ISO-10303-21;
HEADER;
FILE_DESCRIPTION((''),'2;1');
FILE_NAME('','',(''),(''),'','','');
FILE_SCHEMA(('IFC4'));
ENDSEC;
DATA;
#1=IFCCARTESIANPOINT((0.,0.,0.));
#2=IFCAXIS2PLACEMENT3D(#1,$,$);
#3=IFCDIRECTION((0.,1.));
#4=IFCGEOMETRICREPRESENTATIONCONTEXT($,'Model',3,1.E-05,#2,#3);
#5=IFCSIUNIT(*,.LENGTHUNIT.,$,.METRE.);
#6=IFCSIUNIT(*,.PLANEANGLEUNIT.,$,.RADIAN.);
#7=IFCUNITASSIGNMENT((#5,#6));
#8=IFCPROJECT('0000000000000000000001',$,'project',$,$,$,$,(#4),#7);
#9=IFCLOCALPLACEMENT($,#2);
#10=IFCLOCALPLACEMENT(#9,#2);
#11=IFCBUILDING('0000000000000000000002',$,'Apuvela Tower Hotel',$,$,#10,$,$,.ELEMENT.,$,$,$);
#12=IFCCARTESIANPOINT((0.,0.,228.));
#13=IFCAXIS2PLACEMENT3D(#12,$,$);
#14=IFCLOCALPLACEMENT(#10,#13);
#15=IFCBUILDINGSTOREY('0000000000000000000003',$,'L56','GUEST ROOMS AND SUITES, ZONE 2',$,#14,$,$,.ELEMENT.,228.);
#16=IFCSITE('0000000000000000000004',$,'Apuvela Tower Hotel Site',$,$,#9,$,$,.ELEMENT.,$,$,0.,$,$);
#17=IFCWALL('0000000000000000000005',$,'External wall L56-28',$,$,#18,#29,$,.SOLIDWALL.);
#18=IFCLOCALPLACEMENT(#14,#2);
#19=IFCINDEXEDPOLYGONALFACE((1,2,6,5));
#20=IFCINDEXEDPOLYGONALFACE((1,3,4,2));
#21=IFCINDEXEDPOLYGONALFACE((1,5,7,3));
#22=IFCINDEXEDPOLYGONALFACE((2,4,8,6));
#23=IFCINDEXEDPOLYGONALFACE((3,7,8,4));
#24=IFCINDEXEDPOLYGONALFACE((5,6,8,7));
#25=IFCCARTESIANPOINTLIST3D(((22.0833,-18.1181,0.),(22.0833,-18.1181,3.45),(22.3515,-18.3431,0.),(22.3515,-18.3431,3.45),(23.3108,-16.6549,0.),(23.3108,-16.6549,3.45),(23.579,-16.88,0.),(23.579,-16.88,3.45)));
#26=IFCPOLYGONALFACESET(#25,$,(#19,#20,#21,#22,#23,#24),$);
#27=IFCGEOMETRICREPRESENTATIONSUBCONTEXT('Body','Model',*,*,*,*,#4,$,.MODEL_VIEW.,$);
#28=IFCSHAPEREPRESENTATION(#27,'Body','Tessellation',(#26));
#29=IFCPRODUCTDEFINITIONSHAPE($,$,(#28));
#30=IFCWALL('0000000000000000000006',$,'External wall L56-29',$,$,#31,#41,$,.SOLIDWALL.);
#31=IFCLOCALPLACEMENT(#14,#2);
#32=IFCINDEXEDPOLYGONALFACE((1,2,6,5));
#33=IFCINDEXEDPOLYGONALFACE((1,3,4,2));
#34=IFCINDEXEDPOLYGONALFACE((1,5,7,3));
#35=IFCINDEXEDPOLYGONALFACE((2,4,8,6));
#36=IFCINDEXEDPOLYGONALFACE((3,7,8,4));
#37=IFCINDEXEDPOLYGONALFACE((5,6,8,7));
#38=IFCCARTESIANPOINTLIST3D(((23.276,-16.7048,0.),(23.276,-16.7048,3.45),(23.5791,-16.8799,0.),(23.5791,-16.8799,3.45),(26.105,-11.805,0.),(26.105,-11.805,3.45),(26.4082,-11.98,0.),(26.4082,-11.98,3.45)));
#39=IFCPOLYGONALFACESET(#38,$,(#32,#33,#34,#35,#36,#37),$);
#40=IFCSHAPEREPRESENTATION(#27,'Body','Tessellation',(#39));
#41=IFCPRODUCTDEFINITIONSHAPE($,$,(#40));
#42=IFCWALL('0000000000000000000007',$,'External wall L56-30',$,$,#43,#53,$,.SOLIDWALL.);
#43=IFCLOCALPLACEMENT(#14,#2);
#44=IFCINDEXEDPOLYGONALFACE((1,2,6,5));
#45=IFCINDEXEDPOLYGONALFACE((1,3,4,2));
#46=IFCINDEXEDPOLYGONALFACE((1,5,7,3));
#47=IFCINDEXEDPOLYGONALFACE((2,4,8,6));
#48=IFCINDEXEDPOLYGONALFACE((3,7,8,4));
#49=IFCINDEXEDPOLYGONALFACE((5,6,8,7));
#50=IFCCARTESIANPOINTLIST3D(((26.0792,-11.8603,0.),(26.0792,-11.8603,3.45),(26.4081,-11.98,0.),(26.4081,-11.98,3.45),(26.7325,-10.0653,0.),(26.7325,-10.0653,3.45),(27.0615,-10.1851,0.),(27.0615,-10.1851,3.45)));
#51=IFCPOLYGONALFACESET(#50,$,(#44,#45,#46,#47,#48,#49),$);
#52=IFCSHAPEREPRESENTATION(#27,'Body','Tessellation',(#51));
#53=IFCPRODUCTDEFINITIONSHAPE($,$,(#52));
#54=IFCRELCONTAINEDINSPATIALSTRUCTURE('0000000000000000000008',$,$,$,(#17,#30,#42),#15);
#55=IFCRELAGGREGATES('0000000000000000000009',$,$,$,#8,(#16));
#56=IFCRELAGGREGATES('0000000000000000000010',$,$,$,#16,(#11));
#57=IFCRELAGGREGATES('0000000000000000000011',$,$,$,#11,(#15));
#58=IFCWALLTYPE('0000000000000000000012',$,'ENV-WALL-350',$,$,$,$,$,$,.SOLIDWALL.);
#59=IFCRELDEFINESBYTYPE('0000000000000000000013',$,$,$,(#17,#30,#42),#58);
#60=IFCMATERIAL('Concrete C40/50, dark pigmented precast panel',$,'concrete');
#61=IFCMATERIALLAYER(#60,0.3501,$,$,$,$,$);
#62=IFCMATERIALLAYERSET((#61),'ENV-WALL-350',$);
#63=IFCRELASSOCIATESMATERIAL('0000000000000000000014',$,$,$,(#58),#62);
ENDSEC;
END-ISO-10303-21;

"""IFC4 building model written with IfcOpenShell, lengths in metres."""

from ifc_helpers import new_model, si_unit, direction, frame, frame_2d, origin, place, context, subcontext, project, spatial, rectangle, extrude, material, layer, layer_set, type_object, element, save


model = new_model("IFC4")

# Units and contexts
model_context = context("Model", 3, precision=1e-05, world=origin(), true_north=direction((0.0, 1.0)))
body_context = subcontext(model_context, "Body", "Model", "MODEL_VIEW")
ifc_project = project(units=[si_unit("LENGTHUNIT", "METRE"), si_unit("PLANEANGLEUNIT", "RADIAN")], contexts=[model_context])

# Site, building, storey
site_placement = place(None, origin())
site = spatial("IfcSite", under=ifc_project, at=site_placement, Name="Apuvela Tower Hotel Site", CompositionType="ELEMENT", RefElevation=0.0)
building_placement = place(site_placement, origin())
building = spatial("IfcBuilding", under=site, at=building_placement, Name="Apuvela Tower Hotel", CompositionType="ELEMENT")
storey_placement = place(building_placement, frame((0.0, 0.0, 228.0)))
storey = spatial("IfcBuildingStorey", under=building, at=storey_placement, Name="L56", Description="GUEST ROOMS AND SUITES, ZONE 2", CompositionType="ELEMENT", Elevation=228.0)

# Shared definitions
ifc_material_1 = material(Name="Concrete C40/50, dark pigmented precast panel", Category="concrete")
ifc_layer_1 = layer(ifc_material_1, 0.3501)
ifc_layer_set_1 = layer_set([ifc_layer_1], Name="ENV-WALL-350")
wall_type_1 = type_object("IfcWallType", Name="ENV-WALL-350", PredefinedType="SOLIDWALL", material=ifc_layer_set_1)

# Walls
for number, where, z_axis, x_axis, name in (
    (1, (22.2173, -18.2307, 0.0), (0.0, 0.0, 1.0), (0.642733, 0.76609, 0.0), "External wall L56-28"),
):
    element("IfcWall", number, at=place(storey_placement, frame(where, z_axis=z_axis, x_axis=x_axis)), inside=storey, type_object=wall_type_1, Name=name, PredefinedType="SOLIDWALL", context=body_context, shape_type="SweptSolid", body=[
        extrude(rectangle(XDim=1.9099, YDim=0.3501, at=frame_2d((0.9551, 0.0))), origin(), (0.0, 0.0, 1.0), 3.45),
    ])
wall_1_placement = place(storey_placement, frame((23.4275, -16.7925, 0.0), z_axis=(0.0, 0.0, 1.0), x_axis=(0.500019, 0.866015, 0.0)))
element("IfcWall", 2, at=wall_1_placement, inside=storey, type_object=wall_type_1, Name="External wall L56-29", PredefinedType="SOLIDWALL", context=body_context, shape_type="SweptSolid", body=[
    extrude(rectangle(XDim=5.658, YDim=0.3501, at=frame_2d((2.8291, 0.0))), origin(), (0.0, 0.0, 1.0), 3.45),
])
wall_2_placement = place(storey_placement, frame((26.2437, -11.9202, 0.0), z_axis=(0.0, 0.0, 1.0), x_axis=(0.34203, 0.939689, 0.0)))
element("IfcWall", 3, at=wall_2_placement, inside=storey, type_object=wall_type_1, Name="External wall L56-30", PredefinedType="SOLIDWALL", context=body_context, shape_type="SweptSolid", body=[
    extrude(rectangle(XDim=1.9102, YDim=0.3501, at=frame_2d((0.9551, 0.0))), origin(), (0.0, 0.0, 1.0), 3.45),
])

save(model, "model.ifc")
